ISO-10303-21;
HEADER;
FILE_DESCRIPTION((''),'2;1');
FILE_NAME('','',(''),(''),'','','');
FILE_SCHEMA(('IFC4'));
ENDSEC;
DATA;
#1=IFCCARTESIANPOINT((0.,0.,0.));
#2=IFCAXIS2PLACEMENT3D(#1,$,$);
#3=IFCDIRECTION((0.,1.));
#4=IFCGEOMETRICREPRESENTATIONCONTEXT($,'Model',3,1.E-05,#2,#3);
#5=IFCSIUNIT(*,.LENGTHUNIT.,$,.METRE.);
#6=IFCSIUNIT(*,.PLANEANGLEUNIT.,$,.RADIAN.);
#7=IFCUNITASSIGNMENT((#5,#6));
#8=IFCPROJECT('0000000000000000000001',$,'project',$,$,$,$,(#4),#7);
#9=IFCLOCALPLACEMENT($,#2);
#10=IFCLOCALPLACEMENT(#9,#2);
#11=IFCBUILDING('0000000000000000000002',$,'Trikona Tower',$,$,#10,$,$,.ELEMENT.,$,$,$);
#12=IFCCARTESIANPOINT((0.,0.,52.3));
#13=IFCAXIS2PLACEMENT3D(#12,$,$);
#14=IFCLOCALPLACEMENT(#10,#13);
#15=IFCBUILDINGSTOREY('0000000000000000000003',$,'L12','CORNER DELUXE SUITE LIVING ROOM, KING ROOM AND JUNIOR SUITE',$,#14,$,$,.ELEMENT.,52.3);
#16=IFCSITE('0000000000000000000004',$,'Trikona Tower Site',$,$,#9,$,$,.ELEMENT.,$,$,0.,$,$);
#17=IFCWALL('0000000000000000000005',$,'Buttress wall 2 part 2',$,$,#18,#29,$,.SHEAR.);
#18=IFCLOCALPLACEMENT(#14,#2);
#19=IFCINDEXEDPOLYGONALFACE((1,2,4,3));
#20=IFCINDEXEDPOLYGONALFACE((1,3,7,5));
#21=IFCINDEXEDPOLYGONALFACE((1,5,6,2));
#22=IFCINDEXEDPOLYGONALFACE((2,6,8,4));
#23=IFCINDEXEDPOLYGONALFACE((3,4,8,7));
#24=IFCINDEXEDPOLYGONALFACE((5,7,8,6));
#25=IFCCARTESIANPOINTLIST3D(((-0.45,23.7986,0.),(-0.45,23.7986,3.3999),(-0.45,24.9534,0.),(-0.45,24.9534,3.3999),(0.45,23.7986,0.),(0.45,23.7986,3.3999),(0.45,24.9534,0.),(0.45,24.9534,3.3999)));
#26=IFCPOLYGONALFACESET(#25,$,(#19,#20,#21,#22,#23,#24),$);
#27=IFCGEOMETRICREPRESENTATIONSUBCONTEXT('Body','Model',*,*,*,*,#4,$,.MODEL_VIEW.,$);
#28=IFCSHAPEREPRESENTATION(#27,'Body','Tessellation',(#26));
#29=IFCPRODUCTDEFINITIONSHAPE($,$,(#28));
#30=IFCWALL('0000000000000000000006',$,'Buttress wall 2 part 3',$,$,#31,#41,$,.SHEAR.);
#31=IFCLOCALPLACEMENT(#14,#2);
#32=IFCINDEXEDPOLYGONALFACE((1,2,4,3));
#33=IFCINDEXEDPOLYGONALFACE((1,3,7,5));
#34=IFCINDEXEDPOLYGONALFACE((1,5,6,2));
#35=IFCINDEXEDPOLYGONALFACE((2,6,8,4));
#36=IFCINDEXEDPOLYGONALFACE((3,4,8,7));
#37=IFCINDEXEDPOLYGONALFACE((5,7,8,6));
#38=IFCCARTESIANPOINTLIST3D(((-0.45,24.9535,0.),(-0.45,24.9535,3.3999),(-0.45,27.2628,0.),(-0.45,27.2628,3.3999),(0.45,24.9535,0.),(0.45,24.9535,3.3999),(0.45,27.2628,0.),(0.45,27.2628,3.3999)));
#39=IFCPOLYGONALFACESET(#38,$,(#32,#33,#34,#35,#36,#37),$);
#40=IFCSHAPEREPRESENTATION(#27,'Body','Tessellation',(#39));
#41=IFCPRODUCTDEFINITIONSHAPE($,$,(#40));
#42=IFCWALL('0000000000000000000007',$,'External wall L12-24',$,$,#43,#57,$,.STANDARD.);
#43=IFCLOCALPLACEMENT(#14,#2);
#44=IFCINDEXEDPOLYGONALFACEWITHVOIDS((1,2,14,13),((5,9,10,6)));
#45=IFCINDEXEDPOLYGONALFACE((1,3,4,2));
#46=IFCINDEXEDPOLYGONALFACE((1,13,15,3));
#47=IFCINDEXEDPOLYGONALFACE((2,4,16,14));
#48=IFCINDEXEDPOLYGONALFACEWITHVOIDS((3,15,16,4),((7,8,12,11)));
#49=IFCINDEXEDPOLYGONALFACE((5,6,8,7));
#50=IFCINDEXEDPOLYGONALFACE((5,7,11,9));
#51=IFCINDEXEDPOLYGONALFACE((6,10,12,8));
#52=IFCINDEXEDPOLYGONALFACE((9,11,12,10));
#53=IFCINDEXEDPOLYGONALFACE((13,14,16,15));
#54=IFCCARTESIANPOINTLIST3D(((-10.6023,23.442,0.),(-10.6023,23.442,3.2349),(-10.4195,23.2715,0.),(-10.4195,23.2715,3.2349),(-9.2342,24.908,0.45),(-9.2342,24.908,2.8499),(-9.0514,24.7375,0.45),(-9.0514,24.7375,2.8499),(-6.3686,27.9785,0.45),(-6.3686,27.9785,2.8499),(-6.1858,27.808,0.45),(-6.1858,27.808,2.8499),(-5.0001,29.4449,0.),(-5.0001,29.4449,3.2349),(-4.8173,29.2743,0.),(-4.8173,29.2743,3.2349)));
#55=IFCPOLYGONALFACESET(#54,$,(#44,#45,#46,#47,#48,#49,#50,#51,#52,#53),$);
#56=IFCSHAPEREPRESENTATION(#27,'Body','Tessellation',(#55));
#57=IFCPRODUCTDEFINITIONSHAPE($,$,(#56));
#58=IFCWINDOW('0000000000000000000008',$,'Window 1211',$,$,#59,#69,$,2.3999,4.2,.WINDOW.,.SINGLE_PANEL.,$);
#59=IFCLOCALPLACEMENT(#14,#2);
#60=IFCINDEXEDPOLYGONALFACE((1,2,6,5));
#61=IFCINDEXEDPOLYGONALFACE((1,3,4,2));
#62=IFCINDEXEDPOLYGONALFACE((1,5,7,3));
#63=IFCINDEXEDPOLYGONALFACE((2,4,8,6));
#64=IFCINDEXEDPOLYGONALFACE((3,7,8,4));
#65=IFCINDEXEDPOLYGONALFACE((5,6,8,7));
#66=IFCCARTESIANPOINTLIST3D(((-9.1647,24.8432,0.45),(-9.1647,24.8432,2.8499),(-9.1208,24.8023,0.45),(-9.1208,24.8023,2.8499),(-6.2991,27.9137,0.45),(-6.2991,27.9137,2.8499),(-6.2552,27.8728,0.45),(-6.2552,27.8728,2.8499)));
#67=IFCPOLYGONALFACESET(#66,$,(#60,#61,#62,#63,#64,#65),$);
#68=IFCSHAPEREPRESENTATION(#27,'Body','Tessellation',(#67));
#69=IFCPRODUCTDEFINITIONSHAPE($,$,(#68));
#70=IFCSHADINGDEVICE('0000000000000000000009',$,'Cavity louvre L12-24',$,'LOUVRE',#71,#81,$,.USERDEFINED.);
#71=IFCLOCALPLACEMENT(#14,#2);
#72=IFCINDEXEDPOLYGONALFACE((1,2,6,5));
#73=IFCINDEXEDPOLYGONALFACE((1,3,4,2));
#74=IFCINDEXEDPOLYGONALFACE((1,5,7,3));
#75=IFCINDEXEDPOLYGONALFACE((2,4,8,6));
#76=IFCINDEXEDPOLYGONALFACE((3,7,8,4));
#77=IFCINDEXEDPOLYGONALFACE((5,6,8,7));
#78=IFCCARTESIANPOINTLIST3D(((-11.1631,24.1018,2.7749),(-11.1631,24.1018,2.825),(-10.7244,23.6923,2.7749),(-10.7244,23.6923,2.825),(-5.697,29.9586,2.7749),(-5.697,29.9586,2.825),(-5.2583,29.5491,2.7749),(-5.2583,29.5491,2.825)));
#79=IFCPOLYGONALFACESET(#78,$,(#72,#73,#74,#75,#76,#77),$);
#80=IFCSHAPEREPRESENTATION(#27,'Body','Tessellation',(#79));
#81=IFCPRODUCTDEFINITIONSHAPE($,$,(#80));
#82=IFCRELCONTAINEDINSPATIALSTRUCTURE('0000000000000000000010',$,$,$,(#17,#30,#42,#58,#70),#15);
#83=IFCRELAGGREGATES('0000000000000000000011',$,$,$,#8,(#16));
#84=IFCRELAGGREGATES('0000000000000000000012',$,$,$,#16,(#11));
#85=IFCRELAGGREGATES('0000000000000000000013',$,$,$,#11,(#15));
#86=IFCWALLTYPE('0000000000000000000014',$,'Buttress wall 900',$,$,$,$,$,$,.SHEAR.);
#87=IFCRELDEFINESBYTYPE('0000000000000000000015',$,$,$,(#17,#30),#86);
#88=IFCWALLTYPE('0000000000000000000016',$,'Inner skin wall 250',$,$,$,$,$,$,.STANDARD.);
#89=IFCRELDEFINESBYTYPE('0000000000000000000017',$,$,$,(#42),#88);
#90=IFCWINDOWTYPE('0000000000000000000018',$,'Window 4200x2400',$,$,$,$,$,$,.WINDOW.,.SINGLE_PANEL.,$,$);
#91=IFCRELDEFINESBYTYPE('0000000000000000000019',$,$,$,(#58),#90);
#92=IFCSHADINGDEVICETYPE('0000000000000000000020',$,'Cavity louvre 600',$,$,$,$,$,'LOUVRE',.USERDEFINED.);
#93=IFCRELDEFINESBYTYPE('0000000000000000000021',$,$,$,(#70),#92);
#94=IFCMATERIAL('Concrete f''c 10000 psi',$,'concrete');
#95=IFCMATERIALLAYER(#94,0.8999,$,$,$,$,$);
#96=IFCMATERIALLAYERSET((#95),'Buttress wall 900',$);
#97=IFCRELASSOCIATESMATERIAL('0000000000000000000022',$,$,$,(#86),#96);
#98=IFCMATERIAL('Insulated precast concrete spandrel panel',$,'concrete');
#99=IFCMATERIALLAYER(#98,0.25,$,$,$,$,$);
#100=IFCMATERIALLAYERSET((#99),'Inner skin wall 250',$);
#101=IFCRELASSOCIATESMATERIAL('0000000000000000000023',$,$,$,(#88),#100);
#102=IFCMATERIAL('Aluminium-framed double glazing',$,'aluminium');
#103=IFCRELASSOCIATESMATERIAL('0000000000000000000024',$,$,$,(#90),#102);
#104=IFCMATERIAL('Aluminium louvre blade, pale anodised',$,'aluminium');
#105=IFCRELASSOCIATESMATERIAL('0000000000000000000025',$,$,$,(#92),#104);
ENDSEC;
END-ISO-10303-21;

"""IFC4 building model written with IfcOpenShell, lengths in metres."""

from ifc_helpers import new_model, si_unit, direction, frame, frame_2d, origin, origin_2d, place, context, subcontext, project, spatial, rectangle, extrude, material, layer, layer_set, type_object, element, fill, save


model = new_model("IFC4")

# Units and contexts
model_context = context("Model", 3, precision=1e-05, world=origin(), true_north=direction((0.0, 1.0)))
body_context = subcontext(model_context, "Body", "Model", "MODEL_VIEW")
ifc_project = project(units=[si_unit("LENGTHUNIT", "METRE"), si_unit("PLANEANGLEUNIT", "RADIAN")], contexts=[model_context])

# Site, building, storey
site_placement = place(None, origin())
site = spatial("IfcSite", under=ifc_project, at=site_placement, Name="Trikona Tower Site", CompositionType="ELEMENT", RefElevation=0.0)
building_placement = place(site_placement, origin())
building = spatial("IfcBuilding", under=site, at=building_placement, Name="Trikona Tower", CompositionType="ELEMENT")
storey_placement = place(building_placement, frame((0.0, 0.0, 52.3)))
storey = spatial("IfcBuildingStorey", under=building, at=storey_placement, Name="L12", Description="CORNER DELUXE SUITE LIVING ROOM, KING ROOM AND JUNIOR SUITE", CompositionType="ELEMENT", Elevation=52.3)

# Walls
ifc_material_1 = material(Name="Concrete f'c 10000 psi", Category="concrete")
ifc_layer_1 = layer(ifc_material_1, 0.8999)
ifc_layer_set_1 = layer_set([ifc_layer_1], Name="Buttress wall 900")
wall_type_1 = type_object("IfcWallType", Name="Buttress wall 900", PredefinedType="SHEAR", material=ifc_layer_set_1)
wall_1_placement = place(storey_placement, frame((0.0, 23.7986, 0.0), z_axis=(0.0, 0.0, 1.0), x_axis=(0.0, 1.0, 0.0)))
element("IfcWall", 1, at=wall_1_placement, inside=storey, type_object=wall_type_1, Name="Buttress wall 2 part 2", PredefinedType="SHEAR", context=body_context, shape_type="SweptSolid", body=[
    extrude(rectangle(XDim=1.1548, YDim=0.8999, at=frame_2d((0.5774, 0.0))), origin(), (0.0, 0.0, 1.0), 3.3999),
])
wall_2_placement = place(storey_placement, frame((0.0, 24.9534, 0.0), z_axis=(0.0, 0.0, 1.0), x_axis=(0.0, 1.0, 0.0)))
element("IfcWall", 2, at=wall_2_placement, inside=storey, type_object=wall_type_1, Name="Buttress wall 2 part 3", PredefinedType="SHEAR", context=body_context, shape_type="SweptSolid", body=[
    extrude(rectangle(XDim=2.3093, YDim=0.8999, at=frame_2d((1.1548, 0.0))), origin(), (0.0, 0.0, 1.0), 3.3999),
])

# Wall, opening, window
ifc_material_2 = material(Name="Insulated precast concrete spandrel panel", Category="concrete")
ifc_layer_2 = layer(ifc_material_2, 0.25)
ifc_layer_set_2 = layer_set([ifc_layer_2], Name="Inner skin wall 250")
wall_type_2 = type_object("IfcWallType", Name="Inner skin wall 250", PredefinedType="STANDARD", material=ifc_layer_set_2)
wall_3_placement = place(storey_placement, frame((-4.9087, 29.3596, 0.0), z_axis=(0.0, 0.0, 1.0), x_axis=(-0.68229, -0.731082, 0.0)))
wall_3 = element("IfcWall", 3, at=wall_3_placement, inside=storey, type_object=wall_type_2, Name="External wall L12-24", PredefinedType="STANDARD", context=body_context, shape_type="SweptSolid", body=[
    extrude(rectangle(XDim=8.2109, YDim=0.25, at=frame_2d((4.1055, 0.0))), origin(), (0.0, 0.0, 1.0), 3.2349),
])
opening_1_placement = place(wall_3_placement, frame((2.0056, 0.0, 0.45)))
opening_1 = element("IfcOpeningElement", 4, at=opening_1_placement, cuts=wall_3, PredefinedType="OPENING", context=body_context, shape_type="SweptSolid", body=[
    extrude(rectangle(XDim=4.2, YDim=2.3999, at=frame_2d((2.1001, 1.2))), frame((0.0, 0.135, 0.0), z_axis=(0.0, -1.0, 0.0), x_axis=(1.0, 0.0, 0.0)), (0.0, 0.0, 1.0), 0.27),
])
ifc_material_3 = material(Name="Aluminium-framed double glazing", Category="aluminium")
window_type_1 = type_object("IfcWindowType", Name="Window 4200x2400", PartitioningType="SINGLE_PANEL", PredefinedType="WINDOW", material=ifc_material_3)
window_1_placement = place(opening_1_placement, origin())
window_1 = element("IfcWindow", 5, at=window_1_placement, inside=storey, type_object=window_type_1, Name="Window 1211", OverallHeight=2.3999, OverallWidth=4.2, PartitioningType="SINGLE_PANEL", PredefinedType="WINDOW", context=body_context, shape_type="SweptSolid", body=[
    extrude(rectangle(XDim=4.2, YDim=2.3999, at=frame_2d((2.1001, 1.2))), frame((0.0, 0.03, 0.0), z_axis=(0.0, -1.0, 0.0), x_axis=(1.0, 0.0, 0.0)), (0.0, 0.0, 1.0), 0.0601),
])
fill(opening_1, window_1)

# Shading device
ifc_material_4 = material(Name="Aluminium louvre blade, pale anodised", Category="aluminium")
shading_device_type = type_object("IfcShadingDeviceType", Name="Cavity louvre 600", ElementType="LOUVRE", PredefinedType="USERDEFINED", material=ifc_material_4)
shading_device_placement = place(storey_placement, frame((-8.2107, 26.8254, 2.7749), z_axis=(0.0, 0.0, 1.0), x_axis=(-0.682298, -0.731074, 0.0)))
element("IfcShadingDevice", 6, at=shading_device_placement, inside=storey, type_object=shading_device_type, Name="Cavity louvre L12-24", ObjectType="LOUVRE", PredefinedType="USERDEFINED", context=body_context, shape_type="SweptSolid", body=[
    extrude(rectangle(XDim=8.0112, YDim=0.6001, at=origin_2d()), origin(), (0.0, 0.0, 1.0), 0.05),
])

save(model, "model.ifc")
